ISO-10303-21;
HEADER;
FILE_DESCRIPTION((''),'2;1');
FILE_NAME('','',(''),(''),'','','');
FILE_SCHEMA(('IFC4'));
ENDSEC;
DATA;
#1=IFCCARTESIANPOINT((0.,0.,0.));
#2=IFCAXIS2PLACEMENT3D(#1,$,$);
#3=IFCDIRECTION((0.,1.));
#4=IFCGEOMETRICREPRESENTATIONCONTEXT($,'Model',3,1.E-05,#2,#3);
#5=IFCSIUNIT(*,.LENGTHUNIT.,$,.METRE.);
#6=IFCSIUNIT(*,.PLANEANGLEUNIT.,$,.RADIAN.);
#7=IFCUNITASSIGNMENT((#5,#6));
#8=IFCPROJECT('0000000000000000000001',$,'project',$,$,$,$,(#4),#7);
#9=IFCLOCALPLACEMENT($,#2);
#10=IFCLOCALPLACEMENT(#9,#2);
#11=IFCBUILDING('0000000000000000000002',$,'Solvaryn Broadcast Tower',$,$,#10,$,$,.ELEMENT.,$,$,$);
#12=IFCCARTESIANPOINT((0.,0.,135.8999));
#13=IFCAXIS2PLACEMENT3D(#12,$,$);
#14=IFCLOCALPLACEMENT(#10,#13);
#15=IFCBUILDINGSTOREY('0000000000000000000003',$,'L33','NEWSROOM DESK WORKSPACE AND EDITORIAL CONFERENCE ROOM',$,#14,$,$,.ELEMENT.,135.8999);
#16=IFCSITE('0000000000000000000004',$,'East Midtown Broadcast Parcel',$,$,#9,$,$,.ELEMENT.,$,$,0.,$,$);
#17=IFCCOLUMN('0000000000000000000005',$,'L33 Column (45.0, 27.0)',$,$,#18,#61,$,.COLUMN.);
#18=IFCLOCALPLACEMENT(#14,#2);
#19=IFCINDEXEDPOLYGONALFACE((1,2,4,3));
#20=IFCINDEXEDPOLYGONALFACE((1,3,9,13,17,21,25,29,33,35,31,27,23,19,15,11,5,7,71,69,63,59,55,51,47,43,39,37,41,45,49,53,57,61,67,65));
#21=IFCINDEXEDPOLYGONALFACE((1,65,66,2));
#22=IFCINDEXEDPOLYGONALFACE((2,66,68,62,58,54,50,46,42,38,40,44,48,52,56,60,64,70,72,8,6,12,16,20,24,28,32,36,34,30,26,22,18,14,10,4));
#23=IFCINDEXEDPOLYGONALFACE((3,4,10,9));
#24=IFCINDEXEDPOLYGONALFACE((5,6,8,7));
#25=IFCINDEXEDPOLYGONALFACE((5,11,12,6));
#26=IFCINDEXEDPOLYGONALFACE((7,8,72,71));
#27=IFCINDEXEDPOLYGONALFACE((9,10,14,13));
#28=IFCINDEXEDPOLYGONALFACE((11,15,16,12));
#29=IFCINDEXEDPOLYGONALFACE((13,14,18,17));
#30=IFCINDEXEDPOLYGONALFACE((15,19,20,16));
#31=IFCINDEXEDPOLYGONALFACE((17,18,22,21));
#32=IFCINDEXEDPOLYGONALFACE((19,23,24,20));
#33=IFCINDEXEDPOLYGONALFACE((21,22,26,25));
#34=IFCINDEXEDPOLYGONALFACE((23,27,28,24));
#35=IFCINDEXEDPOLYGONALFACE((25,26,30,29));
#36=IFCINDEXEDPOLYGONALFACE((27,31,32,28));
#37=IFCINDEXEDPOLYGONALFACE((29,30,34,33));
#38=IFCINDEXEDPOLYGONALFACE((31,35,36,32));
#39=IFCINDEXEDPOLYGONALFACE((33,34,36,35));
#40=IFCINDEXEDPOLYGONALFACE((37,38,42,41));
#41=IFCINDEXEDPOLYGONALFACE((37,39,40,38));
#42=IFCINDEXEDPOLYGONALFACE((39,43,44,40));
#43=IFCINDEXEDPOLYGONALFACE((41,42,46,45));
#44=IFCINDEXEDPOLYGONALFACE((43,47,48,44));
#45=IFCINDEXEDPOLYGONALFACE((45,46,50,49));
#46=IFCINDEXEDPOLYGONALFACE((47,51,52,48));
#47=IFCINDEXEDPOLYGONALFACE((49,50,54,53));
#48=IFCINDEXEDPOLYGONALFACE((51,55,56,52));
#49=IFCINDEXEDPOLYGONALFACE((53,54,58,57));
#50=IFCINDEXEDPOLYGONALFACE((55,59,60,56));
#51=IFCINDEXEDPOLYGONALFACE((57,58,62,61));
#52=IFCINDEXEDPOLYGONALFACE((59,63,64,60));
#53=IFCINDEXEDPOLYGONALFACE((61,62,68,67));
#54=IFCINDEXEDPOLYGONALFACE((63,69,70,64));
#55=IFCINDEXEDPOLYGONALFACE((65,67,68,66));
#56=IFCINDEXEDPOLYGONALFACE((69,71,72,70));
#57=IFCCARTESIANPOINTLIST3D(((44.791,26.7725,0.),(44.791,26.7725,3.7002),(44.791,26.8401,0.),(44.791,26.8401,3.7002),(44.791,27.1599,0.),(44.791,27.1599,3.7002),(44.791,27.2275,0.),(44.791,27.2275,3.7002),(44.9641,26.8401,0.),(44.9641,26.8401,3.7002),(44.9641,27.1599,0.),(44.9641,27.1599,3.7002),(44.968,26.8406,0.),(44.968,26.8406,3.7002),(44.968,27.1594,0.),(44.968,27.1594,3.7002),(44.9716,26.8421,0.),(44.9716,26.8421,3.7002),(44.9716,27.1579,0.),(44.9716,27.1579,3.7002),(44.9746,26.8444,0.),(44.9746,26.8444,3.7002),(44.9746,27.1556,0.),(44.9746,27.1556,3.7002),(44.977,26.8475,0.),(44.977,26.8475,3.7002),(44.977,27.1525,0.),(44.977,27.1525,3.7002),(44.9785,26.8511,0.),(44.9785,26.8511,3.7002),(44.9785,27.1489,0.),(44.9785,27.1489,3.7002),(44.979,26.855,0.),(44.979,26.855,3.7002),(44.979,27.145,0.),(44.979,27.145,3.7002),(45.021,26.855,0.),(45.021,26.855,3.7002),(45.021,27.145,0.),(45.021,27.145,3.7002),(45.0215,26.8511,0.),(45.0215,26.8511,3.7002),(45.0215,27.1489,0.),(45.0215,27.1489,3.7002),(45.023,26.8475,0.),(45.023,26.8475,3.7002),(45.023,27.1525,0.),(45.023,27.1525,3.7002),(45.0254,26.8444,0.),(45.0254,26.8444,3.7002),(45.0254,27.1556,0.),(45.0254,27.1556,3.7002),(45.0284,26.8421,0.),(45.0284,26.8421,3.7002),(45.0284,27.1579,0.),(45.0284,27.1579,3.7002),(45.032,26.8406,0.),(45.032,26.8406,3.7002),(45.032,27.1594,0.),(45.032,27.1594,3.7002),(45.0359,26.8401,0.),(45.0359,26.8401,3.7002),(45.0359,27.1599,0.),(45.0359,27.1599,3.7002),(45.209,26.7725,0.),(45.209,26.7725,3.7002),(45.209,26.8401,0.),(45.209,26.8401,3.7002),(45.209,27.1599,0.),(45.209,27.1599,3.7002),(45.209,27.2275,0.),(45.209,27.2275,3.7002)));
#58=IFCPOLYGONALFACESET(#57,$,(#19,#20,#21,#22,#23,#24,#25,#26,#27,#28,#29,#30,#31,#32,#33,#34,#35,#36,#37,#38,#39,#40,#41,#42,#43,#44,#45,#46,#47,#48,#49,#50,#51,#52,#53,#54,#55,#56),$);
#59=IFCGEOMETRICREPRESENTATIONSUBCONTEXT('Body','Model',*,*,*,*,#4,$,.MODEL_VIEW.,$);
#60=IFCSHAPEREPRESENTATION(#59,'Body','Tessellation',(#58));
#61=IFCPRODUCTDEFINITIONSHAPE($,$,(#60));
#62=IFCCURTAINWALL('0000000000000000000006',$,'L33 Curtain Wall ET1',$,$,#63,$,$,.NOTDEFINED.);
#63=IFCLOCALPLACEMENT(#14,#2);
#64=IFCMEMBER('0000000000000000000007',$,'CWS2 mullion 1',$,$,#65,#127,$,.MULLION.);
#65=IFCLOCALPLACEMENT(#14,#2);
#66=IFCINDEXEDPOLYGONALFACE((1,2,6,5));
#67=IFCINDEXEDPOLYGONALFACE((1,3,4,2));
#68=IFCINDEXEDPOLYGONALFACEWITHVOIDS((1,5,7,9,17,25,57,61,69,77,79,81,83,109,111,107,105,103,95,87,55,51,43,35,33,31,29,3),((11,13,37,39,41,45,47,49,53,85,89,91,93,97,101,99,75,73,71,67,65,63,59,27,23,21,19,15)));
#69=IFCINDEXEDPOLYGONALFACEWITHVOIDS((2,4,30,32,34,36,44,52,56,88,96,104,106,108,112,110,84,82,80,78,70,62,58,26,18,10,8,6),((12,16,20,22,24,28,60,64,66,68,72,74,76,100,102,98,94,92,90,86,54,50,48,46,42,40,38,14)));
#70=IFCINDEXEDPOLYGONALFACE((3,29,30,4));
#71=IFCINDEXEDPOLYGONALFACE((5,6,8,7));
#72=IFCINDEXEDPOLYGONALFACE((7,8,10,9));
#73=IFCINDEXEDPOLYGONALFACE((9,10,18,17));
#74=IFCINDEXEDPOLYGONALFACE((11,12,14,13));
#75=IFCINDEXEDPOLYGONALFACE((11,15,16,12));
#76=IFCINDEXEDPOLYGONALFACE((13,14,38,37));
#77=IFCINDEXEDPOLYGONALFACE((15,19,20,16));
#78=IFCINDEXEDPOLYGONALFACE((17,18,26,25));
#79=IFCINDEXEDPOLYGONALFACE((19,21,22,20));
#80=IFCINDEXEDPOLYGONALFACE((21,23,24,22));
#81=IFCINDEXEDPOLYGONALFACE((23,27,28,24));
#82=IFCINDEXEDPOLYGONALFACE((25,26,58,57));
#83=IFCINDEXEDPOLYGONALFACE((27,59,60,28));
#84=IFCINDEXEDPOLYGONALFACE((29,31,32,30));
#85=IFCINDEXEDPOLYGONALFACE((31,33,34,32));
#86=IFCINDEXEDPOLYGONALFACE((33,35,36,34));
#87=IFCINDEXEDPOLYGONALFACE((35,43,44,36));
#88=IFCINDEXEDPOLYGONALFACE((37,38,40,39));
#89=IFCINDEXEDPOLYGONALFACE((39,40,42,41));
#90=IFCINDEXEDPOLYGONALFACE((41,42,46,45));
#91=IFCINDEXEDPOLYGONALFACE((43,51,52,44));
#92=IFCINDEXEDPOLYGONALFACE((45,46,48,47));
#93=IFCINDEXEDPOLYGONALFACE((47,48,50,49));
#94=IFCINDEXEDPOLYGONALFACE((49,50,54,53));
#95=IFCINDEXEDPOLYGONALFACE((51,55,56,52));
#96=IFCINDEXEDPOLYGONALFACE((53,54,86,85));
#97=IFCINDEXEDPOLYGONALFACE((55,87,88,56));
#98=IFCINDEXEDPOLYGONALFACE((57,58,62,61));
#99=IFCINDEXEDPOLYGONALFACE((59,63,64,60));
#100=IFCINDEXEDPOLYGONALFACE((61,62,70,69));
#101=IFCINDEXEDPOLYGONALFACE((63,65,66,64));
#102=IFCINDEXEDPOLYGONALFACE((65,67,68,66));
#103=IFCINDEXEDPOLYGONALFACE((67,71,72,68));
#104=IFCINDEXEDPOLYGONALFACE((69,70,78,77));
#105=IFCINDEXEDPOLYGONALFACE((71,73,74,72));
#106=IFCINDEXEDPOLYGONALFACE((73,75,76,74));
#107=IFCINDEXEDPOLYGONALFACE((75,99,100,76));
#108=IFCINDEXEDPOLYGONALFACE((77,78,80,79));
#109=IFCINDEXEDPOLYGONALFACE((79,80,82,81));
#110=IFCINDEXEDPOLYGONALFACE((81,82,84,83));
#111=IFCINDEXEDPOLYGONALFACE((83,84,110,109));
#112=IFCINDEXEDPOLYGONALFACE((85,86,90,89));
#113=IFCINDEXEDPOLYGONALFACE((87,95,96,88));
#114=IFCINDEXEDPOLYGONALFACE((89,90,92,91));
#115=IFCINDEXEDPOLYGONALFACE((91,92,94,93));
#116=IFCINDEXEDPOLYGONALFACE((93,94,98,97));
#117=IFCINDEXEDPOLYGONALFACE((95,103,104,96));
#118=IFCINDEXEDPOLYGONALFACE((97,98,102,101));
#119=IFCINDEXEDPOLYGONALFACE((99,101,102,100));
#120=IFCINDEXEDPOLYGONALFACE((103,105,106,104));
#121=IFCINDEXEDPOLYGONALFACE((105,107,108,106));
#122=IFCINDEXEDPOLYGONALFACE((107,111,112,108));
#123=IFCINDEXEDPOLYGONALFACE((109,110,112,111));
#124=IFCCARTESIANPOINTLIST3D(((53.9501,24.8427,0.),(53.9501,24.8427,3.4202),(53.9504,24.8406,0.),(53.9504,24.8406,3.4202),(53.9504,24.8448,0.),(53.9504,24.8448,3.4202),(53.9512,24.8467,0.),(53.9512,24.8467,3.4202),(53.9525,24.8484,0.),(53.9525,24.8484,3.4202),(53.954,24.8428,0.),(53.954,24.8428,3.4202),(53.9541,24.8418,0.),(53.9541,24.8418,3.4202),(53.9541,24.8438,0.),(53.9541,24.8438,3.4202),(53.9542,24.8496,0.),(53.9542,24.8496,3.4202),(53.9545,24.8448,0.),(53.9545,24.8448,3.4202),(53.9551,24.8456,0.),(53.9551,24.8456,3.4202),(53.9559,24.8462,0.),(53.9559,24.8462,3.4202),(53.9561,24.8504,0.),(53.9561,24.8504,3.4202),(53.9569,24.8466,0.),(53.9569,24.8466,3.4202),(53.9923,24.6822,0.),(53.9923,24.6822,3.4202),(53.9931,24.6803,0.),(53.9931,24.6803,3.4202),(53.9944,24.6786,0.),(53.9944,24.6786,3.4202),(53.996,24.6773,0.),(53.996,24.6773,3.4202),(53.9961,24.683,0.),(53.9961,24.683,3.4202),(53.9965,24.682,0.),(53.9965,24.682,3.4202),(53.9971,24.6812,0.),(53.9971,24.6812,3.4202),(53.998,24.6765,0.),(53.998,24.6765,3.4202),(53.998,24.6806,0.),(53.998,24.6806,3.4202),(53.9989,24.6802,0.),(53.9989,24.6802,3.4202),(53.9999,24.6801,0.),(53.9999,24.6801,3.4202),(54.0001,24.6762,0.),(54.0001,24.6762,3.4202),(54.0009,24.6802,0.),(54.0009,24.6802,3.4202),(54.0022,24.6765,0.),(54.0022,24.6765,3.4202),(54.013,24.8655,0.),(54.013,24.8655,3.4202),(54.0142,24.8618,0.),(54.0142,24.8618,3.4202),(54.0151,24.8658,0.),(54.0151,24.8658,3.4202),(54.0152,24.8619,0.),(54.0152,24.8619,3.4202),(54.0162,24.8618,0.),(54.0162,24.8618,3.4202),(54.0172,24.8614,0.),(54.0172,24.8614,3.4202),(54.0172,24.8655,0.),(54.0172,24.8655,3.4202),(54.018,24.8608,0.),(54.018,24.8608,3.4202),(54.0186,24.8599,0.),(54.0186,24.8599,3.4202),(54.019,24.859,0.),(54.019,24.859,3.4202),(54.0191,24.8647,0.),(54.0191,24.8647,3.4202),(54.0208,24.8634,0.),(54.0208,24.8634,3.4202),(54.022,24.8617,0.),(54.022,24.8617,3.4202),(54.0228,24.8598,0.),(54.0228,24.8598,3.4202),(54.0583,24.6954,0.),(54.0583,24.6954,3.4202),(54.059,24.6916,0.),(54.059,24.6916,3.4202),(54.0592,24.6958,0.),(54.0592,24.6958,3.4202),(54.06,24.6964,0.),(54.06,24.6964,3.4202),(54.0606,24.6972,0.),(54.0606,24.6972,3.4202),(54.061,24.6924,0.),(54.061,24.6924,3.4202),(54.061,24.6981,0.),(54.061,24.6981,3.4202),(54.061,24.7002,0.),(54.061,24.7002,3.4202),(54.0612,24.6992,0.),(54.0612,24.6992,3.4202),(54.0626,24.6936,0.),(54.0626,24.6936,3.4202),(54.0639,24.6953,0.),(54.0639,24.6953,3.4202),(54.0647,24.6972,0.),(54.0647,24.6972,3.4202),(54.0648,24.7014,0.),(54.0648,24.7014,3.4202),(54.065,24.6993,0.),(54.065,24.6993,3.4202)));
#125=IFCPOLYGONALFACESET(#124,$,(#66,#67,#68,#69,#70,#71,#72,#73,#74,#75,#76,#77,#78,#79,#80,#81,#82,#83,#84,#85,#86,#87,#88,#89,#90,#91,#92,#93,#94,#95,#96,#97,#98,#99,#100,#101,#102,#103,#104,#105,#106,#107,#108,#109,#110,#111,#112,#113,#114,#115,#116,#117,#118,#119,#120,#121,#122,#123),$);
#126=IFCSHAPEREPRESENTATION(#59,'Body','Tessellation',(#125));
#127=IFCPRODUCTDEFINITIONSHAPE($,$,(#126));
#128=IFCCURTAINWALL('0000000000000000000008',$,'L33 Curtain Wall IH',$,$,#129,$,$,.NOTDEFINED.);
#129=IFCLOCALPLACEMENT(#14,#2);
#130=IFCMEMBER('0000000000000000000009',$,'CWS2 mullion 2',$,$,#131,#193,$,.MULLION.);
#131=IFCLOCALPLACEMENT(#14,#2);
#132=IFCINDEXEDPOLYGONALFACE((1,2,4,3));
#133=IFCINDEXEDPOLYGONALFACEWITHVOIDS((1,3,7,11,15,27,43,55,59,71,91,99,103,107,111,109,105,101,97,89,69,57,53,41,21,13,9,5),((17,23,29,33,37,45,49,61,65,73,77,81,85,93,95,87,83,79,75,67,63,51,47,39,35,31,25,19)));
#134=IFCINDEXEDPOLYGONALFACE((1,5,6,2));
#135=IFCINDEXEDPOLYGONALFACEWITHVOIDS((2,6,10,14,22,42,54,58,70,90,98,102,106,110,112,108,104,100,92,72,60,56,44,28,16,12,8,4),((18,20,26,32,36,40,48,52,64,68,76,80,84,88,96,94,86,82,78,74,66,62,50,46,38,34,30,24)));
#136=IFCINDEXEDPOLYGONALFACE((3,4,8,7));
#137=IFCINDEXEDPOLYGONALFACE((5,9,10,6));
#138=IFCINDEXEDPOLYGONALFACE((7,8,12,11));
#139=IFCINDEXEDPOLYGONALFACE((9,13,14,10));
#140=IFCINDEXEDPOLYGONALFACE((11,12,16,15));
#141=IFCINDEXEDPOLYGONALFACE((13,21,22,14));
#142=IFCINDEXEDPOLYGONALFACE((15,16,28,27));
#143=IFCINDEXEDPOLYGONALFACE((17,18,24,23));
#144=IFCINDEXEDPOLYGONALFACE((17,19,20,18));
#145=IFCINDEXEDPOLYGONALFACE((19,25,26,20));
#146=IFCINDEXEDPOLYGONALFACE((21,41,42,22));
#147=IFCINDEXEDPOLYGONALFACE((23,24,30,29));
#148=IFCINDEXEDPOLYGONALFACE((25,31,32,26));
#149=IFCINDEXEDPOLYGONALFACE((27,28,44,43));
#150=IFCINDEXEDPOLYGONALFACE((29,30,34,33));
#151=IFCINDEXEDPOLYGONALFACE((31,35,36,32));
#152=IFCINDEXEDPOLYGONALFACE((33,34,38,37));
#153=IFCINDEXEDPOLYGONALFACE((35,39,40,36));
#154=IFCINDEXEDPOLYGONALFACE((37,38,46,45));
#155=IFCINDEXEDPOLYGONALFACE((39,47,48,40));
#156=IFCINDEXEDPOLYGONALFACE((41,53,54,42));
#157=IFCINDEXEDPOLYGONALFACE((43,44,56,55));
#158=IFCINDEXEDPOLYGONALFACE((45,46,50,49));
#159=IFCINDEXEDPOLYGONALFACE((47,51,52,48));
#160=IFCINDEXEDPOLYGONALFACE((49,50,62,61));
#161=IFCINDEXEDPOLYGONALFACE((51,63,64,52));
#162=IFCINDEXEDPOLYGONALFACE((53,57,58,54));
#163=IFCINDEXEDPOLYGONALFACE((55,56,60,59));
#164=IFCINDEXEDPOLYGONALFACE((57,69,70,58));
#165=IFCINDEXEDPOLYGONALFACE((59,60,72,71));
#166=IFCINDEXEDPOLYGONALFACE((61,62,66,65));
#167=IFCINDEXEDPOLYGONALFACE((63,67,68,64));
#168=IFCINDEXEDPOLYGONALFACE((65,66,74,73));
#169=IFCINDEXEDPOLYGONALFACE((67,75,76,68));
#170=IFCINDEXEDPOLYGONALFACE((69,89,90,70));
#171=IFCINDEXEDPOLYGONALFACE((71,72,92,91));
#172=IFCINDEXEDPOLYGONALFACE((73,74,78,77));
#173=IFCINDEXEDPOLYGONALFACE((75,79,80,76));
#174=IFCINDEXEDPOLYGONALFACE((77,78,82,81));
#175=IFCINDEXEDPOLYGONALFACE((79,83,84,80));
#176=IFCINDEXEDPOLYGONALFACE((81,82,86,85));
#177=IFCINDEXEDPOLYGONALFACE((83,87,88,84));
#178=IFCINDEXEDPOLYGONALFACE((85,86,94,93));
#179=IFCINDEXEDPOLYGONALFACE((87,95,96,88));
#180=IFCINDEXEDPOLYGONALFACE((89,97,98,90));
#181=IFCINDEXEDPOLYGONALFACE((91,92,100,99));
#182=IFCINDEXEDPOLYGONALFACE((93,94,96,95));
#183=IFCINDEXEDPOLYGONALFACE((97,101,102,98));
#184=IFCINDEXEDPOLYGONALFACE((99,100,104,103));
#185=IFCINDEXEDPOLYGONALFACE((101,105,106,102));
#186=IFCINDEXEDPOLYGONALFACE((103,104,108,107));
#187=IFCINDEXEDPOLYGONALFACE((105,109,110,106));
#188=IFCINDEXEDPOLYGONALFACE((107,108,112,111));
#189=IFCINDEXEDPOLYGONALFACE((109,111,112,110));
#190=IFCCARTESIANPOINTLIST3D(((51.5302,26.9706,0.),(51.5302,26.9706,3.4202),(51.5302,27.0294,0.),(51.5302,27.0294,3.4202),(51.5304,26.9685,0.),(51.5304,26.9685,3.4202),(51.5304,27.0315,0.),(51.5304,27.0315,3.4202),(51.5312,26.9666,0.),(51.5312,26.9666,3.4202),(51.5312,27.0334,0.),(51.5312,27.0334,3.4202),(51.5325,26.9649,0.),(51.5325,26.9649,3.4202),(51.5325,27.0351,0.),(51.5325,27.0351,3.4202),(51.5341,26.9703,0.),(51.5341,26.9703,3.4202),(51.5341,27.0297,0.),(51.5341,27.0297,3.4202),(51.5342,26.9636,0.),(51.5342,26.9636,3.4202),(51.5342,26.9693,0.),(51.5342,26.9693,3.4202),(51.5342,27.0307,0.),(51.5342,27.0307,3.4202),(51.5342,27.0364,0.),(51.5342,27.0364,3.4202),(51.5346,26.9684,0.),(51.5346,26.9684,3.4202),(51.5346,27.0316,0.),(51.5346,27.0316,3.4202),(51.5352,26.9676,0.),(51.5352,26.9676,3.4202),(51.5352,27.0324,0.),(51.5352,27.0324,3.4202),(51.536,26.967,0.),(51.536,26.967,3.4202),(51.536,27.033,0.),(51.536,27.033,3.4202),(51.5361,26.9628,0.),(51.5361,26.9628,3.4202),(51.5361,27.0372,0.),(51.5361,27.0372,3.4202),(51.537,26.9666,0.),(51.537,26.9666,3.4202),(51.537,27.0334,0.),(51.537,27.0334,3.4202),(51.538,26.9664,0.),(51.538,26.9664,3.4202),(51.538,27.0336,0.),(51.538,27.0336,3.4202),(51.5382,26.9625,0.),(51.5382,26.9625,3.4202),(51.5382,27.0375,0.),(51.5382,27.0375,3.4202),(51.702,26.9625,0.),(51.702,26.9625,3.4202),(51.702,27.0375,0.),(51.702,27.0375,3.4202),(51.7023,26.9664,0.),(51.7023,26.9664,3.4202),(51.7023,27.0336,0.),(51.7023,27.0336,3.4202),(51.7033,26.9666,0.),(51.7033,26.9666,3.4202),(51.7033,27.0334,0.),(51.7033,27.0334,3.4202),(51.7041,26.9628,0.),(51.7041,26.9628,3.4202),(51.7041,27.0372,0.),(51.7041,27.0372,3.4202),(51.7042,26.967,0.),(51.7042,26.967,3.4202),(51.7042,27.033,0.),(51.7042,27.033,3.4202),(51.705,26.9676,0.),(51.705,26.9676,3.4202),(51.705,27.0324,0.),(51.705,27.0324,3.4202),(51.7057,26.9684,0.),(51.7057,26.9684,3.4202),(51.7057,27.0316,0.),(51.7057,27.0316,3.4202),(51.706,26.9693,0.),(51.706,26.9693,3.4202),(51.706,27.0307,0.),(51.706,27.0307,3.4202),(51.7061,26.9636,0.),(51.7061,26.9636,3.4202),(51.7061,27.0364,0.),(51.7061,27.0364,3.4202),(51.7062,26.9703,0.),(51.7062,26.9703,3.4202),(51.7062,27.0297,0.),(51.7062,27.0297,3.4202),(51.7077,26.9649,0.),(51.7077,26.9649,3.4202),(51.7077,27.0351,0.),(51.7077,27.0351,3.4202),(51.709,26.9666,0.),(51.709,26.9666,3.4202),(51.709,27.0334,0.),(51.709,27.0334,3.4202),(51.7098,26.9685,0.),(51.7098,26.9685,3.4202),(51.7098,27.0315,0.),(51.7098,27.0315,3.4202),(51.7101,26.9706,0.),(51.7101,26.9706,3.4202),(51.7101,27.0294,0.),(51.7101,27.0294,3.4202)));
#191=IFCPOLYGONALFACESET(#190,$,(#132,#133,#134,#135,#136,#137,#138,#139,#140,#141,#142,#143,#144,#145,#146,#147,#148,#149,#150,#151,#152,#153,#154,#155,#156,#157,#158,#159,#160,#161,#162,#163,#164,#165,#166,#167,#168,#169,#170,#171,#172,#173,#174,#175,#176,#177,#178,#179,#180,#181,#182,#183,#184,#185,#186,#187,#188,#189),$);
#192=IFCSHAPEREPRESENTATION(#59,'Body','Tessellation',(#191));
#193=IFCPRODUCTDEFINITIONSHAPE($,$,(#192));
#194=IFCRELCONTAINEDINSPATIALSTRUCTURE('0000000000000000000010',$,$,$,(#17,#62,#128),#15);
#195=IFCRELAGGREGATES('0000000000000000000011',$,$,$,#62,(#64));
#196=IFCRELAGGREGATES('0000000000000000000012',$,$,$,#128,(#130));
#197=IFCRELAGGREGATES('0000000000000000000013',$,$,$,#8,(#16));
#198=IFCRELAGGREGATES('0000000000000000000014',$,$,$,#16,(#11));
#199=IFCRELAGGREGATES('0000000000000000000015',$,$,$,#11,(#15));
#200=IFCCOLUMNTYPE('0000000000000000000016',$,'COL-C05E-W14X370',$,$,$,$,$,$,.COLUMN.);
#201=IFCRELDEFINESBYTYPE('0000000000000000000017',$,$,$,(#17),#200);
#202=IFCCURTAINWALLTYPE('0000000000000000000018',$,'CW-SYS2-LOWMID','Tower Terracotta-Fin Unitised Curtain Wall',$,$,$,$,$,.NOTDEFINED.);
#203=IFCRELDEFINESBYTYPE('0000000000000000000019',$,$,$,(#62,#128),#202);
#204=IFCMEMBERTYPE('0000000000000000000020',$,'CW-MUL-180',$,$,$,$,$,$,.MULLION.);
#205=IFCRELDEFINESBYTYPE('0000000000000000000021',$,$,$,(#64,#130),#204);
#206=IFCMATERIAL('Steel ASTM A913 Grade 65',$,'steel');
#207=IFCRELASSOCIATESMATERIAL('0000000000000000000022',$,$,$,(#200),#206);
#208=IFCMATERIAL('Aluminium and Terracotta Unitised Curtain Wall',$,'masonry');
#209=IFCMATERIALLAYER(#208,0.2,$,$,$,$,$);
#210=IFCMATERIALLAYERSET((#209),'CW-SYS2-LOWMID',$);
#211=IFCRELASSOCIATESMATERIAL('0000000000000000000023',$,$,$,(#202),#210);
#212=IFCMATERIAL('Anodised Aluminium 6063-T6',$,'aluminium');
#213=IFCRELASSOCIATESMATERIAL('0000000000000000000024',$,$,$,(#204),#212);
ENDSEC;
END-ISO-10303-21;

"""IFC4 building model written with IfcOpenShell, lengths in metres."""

from ifc_helpers import new_model, si_unit, direction, frame, origin, origin_2d, place, context, subcontext, project, spatial, hollow_rectangle, i_section, extrude, material, layer, layer_set, material_profile, profile_set, type_object, element, aggregate, save


model = new_model("IFC4")

# Units and contexts
model_context = context("Model", 3, precision=1e-05, world=origin(), true_north=direction((0.0, 1.0)))
body_context = subcontext(model_context, "Body", "Model", "MODEL_VIEW")
ifc_project = project(units=[si_unit("LENGTHUNIT", "METRE"), si_unit("PLANEANGLEUNIT", "RADIAN")], contexts=[model_context])

# Site, building, storey
site_placement = place(None, origin())
site = spatial("IfcSite", under=ifc_project, at=site_placement, Name="East Midtown Broadcast Parcel", CompositionType="ELEMENT", RefElevation=0.0)
building_placement = place(site_placement, origin())
building = spatial("IfcBuilding", under=site, at=building_placement, Name="Solvaryn Broadcast Tower", CompositionType="ELEMENT")
storey_placement = place(building_placement, frame((0.0, 0.0, 135.8999)))
storey = spatial("IfcBuildingStorey", under=building, at=storey_placement, Name="L33", Description="NEWSROOM DESK WORKSPACE AND EDITORIAL CONFERENCE ROOM", CompositionType="ELEMENT", Elevation=135.8999)

# Column
ifc_material_1 = material(Name="Steel ASTM A913 Grade 65", Category="steel")
ifc_material_profile_1 = material_profile(ifc_material_1, i_section(OverallWidth=0.418, OverallDepth=0.4551, WebThickness=0.042, FlangeThickness=0.0676, FilletRadius=0.0149, at=origin_2d()))
ifc_profile_set_1 = profile_set([ifc_material_profile_1], Name="Steel ASTM A913 Grade 65")
column_type = type_object("IfcColumnType", Name="COL-C05E-W14X370", PredefinedType="COLUMN", material=ifc_profile_set_1)
column_placement = place(storey_placement, frame((45.0, 27.0, 0.0), z_axis=(0.0, 0.0, 1.0), x_axis=(1.0, 0.0, 0.0)))
element("IfcColumn", 1, at=column_placement, inside=storey, type_object=column_type, Name="L33 Column (45.0, 27.0)", PredefinedType="COLUMN", context=body_context, shape_type="SweptSolid", body=[
    extrude(i_section(OverallWidth=0.418, OverallDepth=0.4551, WebThickness=0.042, FlangeThickness=0.0676, FilletRadius=0.0149, at=origin_2d()), origin(), (0.0, 0.0, 1.0), 3.7002),
])

# Curtain walls, members
ifc_material_2 = material(Name="Aluminium and Terracotta Unitised Curtain Wall", Category="masonry")
ifc_layer_1 = layer(ifc_material_2, 0.2)
ifc_layer_set_1 = layer_set([ifc_layer_1], Name="CW-SYS2-LOWMID")
curtain_wall_type = type_object("IfcCurtainWallType", Name="CW-SYS2-LOWMID", Description="Tower Terracotta-Fin Unitised Curtain Wall", PredefinedType="NOTDEFINED", material=ifc_layer_set_1)
curtain_wall_1_placement = place(storey_placement, origin())
curtain_wall_1 = element("IfcCurtainWall", 2, at=curtain_wall_1_placement, inside=storey, type_object=curtain_wall_type, Name="L33 Curtain Wall ET1", PredefinedType="NOTDEFINED")
ifc_material_3 = material(Name="Anodised Aluminium 6063-T6", Category="aluminium")
ifc_material_profile_2 = material_profile(ifc_material_3, hollow_rectangle(XDim=0.075, YDim=0.1799, WallThickness=0.0039, InnerFilletRadius=0.0039, OuterFilletRadius=0.0081, at=origin_2d()))
ifc_profile_set_2 = profile_set([ifc_material_profile_2], Name="Anodised Aluminium 6063-T6")
member_type_1 = type_object("IfcMemberType", Name="CW-MUL-180", PredefinedType="MULLION", material=ifc_profile_set_2)
member_1_placement = place(storey_placement, frame((54.0076, 24.771, 0.0), z_axis=(0.0, 0.0, 1.0), x_axis=(0.966705, 0.255893, 0.0)))
member_1 = element("IfcMember", 3, at=member_1_placement, type_object=member_type_1, Name="CWS2 mullion 1", PredefinedType="MULLION", context=body_context, shape_type="SweptSolid", body=[
    extrude(hollow_rectangle(XDim=0.075, YDim=0.1799, WallThickness=0.0039, InnerFilletRadius=0.0039, OuterFilletRadius=0.0081, at=origin_2d()), origin(), (0.0, 0.0, 1.0), 3.4202),
])
curtain_wall_2_placement = place(storey_placement, origin())
curtain_wall_2 = element("IfcCurtainWall", 4, at=curtain_wall_2_placement, inside=storey, type_object=curtain_wall_type, Name="L33 Curtain Wall IH", PredefinedType="NOTDEFINED")
member_2_placement = place(storey_placement, frame((51.6201, 27.0, 0.0), z_axis=(0.0, 0.0, 1.0), x_axis=(0.0, 1.0, 0.0)))
member_2 = element("IfcMember", 5, at=member_2_placement, type_object=member_type_1, Name="CWS2 mullion 2", PredefinedType="MULLION", context=body_context, shape_type="SweptSolid", body=[
    extrude(hollow_rectangle(XDim=0.075, YDim=0.1799, WallThickness=0.0039, InnerFilletRadius=0.0039, OuterFilletRadius=0.0081, at=origin_2d()), origin(), (0.0, 0.0, 1.0), 3.4202),
])

aggregate(curtain_wall_1, [member_1])
aggregate(curtain_wall_2, [member_2])

save(model, "model.ifc")
